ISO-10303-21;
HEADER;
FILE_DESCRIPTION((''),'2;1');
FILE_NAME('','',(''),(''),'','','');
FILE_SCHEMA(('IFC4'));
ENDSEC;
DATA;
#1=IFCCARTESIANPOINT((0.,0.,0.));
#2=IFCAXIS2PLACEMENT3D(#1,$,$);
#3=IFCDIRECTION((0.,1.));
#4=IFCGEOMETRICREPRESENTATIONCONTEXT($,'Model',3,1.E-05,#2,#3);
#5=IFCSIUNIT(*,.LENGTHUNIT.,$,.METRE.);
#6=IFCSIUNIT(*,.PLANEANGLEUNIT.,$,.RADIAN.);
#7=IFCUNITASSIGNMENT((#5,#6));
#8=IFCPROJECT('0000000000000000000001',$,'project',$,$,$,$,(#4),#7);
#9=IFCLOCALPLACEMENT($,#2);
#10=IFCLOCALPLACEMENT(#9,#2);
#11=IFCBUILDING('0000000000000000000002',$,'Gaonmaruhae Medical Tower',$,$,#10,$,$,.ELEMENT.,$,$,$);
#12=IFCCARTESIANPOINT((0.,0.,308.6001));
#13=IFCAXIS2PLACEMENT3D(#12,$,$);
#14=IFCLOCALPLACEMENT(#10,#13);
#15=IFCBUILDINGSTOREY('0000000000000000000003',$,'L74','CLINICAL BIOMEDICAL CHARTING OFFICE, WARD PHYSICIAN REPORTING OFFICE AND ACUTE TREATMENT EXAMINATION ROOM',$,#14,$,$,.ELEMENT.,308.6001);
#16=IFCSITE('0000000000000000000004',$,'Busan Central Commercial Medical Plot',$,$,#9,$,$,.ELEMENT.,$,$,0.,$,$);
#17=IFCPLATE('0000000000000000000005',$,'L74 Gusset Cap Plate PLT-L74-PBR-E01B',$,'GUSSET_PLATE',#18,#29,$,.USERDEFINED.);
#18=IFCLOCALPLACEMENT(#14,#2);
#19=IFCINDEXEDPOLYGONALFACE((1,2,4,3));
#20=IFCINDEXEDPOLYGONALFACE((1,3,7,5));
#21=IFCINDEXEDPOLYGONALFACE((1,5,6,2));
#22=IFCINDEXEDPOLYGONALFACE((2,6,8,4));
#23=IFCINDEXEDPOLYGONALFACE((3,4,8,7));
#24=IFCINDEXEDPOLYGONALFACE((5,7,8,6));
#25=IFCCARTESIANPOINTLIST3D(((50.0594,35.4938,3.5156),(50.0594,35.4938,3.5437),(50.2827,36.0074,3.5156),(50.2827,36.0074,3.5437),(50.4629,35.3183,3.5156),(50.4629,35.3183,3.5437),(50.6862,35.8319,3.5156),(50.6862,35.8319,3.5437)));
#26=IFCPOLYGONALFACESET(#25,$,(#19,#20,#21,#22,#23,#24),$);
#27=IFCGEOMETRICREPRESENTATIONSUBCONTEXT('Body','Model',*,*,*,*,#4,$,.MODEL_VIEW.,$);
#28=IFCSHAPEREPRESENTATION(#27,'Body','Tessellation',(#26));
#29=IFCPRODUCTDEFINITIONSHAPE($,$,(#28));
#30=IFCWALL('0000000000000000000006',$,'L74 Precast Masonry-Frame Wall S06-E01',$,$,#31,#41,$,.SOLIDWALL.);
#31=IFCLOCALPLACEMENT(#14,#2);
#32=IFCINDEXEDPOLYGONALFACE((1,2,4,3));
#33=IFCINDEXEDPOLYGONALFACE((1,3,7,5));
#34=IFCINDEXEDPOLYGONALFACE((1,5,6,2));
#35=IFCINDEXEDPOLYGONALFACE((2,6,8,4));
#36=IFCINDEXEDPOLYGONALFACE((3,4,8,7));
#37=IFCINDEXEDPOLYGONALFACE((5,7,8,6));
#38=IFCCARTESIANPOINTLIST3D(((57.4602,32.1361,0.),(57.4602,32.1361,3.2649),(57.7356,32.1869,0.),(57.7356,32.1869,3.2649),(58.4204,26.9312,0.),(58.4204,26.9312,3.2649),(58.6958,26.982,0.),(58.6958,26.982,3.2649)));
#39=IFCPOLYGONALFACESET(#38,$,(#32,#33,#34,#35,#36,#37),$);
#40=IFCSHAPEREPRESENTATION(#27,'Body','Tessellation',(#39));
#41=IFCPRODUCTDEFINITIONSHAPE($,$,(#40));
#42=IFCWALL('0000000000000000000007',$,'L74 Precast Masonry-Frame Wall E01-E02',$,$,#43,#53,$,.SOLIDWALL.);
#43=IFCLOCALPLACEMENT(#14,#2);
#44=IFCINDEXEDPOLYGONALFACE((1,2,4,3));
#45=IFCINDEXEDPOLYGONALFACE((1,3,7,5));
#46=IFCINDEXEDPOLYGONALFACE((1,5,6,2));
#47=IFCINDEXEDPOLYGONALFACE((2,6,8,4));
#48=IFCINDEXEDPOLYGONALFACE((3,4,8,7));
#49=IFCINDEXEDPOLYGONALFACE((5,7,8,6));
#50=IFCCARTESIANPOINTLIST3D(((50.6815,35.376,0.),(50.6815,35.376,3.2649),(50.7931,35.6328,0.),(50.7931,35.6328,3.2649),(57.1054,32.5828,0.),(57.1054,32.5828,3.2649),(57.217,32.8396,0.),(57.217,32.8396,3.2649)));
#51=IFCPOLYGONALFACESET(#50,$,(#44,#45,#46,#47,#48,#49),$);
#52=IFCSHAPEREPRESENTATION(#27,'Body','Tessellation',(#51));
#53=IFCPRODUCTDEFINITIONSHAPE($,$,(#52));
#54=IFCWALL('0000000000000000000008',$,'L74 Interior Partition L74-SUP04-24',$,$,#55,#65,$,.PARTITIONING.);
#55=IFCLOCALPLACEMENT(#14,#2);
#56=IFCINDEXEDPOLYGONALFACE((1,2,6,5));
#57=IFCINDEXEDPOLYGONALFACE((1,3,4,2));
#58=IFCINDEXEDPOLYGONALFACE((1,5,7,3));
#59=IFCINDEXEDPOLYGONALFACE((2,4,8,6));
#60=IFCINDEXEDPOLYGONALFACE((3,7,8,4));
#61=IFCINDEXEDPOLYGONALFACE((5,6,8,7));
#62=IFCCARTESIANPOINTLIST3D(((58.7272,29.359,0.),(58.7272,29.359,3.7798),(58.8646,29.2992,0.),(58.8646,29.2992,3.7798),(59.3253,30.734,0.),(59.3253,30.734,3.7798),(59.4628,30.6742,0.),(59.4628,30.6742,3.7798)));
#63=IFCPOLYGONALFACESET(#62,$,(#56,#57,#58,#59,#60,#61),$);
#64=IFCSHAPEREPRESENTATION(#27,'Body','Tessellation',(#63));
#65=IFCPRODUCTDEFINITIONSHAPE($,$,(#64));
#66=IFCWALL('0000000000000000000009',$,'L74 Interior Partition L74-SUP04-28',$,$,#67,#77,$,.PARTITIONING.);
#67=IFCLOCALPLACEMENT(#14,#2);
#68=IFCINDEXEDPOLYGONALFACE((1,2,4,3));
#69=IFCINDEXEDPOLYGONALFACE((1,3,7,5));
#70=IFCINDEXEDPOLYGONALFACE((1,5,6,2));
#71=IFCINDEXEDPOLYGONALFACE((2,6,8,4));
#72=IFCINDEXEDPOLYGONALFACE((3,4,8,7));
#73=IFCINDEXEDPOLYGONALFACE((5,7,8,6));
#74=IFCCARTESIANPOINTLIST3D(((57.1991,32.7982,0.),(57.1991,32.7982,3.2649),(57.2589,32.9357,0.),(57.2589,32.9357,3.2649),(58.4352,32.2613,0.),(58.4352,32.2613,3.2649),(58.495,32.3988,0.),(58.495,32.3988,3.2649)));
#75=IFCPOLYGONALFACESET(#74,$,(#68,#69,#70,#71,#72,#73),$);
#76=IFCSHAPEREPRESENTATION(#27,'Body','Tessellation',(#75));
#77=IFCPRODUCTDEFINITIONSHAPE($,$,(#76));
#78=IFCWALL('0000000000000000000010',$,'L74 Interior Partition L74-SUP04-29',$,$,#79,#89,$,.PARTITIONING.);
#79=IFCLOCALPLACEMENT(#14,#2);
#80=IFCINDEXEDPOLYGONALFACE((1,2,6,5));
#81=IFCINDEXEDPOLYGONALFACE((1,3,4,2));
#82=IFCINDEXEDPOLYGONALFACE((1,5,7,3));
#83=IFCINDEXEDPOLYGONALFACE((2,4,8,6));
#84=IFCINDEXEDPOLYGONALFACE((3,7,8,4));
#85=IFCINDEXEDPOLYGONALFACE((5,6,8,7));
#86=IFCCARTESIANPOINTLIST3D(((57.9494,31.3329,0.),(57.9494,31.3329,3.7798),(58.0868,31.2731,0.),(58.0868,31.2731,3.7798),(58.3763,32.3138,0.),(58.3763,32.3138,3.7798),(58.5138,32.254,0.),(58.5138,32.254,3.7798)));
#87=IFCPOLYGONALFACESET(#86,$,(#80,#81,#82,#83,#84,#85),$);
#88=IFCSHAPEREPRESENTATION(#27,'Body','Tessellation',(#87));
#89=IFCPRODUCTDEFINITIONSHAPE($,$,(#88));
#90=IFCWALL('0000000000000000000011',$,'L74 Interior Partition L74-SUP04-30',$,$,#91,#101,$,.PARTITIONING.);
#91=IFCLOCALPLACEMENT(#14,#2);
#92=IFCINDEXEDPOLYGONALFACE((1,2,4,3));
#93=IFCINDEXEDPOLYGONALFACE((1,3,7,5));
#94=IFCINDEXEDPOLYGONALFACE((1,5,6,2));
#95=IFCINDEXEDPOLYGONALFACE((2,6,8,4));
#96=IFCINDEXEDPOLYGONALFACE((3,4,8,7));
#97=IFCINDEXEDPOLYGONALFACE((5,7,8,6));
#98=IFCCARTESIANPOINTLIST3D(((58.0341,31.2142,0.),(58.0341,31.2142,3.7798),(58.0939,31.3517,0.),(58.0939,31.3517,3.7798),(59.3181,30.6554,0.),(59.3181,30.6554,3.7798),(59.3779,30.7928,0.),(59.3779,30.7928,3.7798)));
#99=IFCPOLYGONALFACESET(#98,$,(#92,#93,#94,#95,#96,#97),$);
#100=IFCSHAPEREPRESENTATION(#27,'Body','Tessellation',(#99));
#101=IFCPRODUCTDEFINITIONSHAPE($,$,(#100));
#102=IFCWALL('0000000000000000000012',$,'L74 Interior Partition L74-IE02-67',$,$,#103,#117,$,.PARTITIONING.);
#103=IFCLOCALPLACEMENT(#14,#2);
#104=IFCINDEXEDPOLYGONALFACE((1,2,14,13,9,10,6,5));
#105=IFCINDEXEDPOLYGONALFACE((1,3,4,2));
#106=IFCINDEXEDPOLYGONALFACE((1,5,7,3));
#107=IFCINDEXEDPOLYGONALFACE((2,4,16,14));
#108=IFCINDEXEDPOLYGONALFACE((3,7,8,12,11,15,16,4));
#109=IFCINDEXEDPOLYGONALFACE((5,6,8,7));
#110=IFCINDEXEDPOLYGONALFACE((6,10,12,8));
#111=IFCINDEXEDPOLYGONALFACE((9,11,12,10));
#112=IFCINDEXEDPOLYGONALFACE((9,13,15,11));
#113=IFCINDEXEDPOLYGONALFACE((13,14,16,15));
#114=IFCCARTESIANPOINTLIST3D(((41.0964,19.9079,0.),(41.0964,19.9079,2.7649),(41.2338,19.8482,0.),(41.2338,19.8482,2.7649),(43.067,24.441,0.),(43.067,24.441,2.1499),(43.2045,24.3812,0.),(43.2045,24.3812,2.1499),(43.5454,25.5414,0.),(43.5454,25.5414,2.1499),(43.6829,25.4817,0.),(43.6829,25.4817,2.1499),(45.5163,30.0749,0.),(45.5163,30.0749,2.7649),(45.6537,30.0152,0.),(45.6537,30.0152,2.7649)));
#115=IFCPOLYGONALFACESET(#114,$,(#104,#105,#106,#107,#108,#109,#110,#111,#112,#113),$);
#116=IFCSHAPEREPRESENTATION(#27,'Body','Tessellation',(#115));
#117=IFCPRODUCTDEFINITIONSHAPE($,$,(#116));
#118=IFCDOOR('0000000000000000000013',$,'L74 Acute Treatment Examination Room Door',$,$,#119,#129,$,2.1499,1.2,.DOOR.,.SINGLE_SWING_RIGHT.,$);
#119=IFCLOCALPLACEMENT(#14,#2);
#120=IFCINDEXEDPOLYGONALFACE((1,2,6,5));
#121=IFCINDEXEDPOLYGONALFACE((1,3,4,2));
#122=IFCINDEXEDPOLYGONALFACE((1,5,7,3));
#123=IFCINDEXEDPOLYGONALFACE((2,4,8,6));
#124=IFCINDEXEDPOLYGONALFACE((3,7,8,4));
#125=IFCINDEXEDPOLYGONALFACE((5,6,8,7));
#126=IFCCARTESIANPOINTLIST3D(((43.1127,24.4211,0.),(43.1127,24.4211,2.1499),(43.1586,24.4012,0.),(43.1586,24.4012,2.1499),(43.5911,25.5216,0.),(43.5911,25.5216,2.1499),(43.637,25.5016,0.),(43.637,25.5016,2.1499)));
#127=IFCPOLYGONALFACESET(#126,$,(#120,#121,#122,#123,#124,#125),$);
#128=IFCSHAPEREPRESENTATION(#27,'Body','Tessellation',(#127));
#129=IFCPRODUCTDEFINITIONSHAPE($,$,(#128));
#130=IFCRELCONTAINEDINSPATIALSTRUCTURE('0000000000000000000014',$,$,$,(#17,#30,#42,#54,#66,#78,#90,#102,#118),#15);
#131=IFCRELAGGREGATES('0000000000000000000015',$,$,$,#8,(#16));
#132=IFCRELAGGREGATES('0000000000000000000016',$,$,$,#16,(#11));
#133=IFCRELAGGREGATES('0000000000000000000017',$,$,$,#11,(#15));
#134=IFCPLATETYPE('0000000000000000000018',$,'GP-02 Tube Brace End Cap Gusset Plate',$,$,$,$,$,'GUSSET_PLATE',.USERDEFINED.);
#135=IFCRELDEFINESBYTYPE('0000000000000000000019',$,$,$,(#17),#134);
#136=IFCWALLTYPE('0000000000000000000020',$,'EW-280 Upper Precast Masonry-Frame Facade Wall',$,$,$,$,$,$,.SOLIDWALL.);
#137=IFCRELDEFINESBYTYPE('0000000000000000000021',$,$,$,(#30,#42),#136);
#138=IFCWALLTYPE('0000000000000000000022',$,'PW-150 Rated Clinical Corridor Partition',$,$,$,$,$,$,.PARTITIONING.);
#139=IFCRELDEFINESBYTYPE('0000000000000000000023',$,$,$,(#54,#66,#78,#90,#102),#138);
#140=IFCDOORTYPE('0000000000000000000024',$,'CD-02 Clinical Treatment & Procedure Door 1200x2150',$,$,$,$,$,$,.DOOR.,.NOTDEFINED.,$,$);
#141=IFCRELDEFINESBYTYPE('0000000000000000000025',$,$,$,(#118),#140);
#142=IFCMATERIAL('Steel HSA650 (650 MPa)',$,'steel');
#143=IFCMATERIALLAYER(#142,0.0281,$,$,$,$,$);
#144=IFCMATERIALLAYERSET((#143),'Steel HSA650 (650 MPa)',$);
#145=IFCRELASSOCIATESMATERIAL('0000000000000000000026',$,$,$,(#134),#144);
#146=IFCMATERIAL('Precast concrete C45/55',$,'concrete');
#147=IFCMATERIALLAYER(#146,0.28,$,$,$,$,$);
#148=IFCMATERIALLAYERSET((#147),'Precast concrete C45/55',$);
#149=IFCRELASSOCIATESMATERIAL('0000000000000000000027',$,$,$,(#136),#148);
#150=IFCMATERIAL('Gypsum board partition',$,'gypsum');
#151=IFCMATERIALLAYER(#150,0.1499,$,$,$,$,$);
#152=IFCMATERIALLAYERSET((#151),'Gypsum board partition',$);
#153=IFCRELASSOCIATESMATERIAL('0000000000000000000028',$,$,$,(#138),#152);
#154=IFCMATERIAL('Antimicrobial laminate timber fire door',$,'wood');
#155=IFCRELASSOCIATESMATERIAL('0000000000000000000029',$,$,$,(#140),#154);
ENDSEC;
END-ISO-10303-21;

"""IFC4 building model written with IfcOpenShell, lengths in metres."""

from ifc_helpers import new_model, si_unit, direction, frame, frame_2d, origin, origin_2d, place, context, subcontext, project, spatial, rectangle, extrude, material, layer, layer_set, type_object, element, fill, save


model = new_model("IFC4")

# Units and contexts
model_context = context("Model", 3, precision=1e-05, world=origin(), true_north=direction((0.0, 1.0)))
body_context = subcontext(model_context, "Body", "Model", "MODEL_VIEW")
ifc_project = project(units=[si_unit("LENGTHUNIT", "METRE"), si_unit("PLANEANGLEUNIT", "RADIAN")], contexts=[model_context])

# Site, building, storey
site_placement = place(None, origin())
site = spatial("IfcSite", under=ifc_project, at=site_placement, Name="Busan Central Commercial Medical Plot", CompositionType="ELEMENT", RefElevation=0.0)
building_placement = place(site_placement, origin())
building = spatial("IfcBuilding", under=site, at=building_placement, Name="Gaonmaruhae Medical Tower", CompositionType="ELEMENT")
storey_placement = place(building_placement, frame((0.0, 0.0, 308.6001)))
storey = spatial("IfcBuildingStorey", under=building, at=storey_placement, Name="L74", Description="CLINICAL BIOMEDICAL CHARTING OFFICE, WARD PHYSICIAN REPORTING OFFICE AND ACUTE TREATMENT EXAMINATION ROOM", CompositionType="ELEMENT", Elevation=308.6001)

# Plate
ifc_material_1 = material(Name="Steel HSA650 (650 MPa)", Category="steel")
ifc_layer_1 = layer(ifc_material_1, 0.0281)
ifc_layer_set_1 = layer_set([ifc_layer_1], Name="Steel HSA650 (650 MPa)")
plate_type = type_object("IfcPlateType", Name="GP-02 Tube Brace End Cap Gusset Plate", ElementType="GUSSET_PLATE", PredefinedType="USERDEFINED", material=ifc_layer_set_1)
for number, where, z_axis, x_axis, name in (
    (1, (50.3728, 35.6628, 3.5156), (0.0, 0.0, 1.0), (0.398749, 0.91706, 0.0), "L74 Gusset Cap Plate PLT-L74-PBR-E01B"),
):
    element("IfcPlate", number, at=place(storey_placement, frame(where, z_axis=z_axis, x_axis=x_axis)), inside=storey, type_object=plate_type, Name=name, ObjectType="GUSSET_PLATE", PredefinedType="USERDEFINED", context=body_context, shape_type="SweptSolid", body=[
        extrude(rectangle(XDim=0.5601, YDim=0.4399, at=origin_2d()), origin(), (0.0, 0.0, 1.0), 0.0281),
    ])

# Walls
ifc_material_2 = material(Name="Precast concrete C45/55", Category="concrete")
ifc_layer_2 = layer(ifc_material_2, 0.28)
ifc_layer_set_2 = layer_set([ifc_layer_2], Name="Precast concrete C45/55")
wall_type_1 = type_object("IfcWallType", Name="EW-280 Upper Precast Masonry-Frame Facade Wall", PredefinedType="SOLIDWALL", material=ifc_layer_set_2)
wall_1_placement = place(storey_placement, frame((57.5979, 32.1616, 0.0), z_axis=(0.0, 0.0, 1.0), x_axis=(0.181422, -0.983405, 0.0)))
element("IfcWall", 2, at=wall_1_placement, inside=storey, type_object=wall_type_1, Name="L74 Precast Masonry-Frame Wall S06-E01", PredefinedType="SOLIDWALL", context=body_context, shape_type="SweptSolid", body=[
    extrude(rectangle(XDim=5.2927, YDim=0.28, at=frame_2d((2.6465, 0.0))), origin(), (0.0, 0.0, 1.0), 3.2649),
])
wall_2_placement = place(storey_placement, frame((50.7373, 35.5044, 0.0), z_axis=(0.0, 0.0, 1.0), x_axis=(0.917057, -0.398755, 0.0)))
element("IfcWall", 3, at=wall_2_placement, inside=storey, type_object=wall_type_1, Name="L74 Precast Masonry-Frame Wall E01-E02", PredefinedType="SOLIDWALL", context=body_context, shape_type="SweptSolid", body=[
    extrude(rectangle(XDim=7.0049, YDim=0.28, at=frame_2d((3.5024, 0.0))), origin(), (0.0, 0.0, 1.0), 3.2649),
])
ifc_material_3 = material(Name="Gypsum board partition", Category="gypsum")
ifc_layer_3 = layer(ifc_material_3, 0.1499)
ifc_layer_set_3 = layer_set([ifc_layer_3], Name="Gypsum board partition")
wall_type_2 = type_object("IfcWallType", Name="PW-150 Rated Clinical Corridor Partition", PredefinedType="PARTITIONING", material=ifc_layer_set_3)
wall_3_placement = place(storey_placement, frame((59.394, 30.7041, 0.0), z_axis=(0.0, 0.0, 1.0), x_axis=(-0.398905, -0.916992, 0.0)))
element("IfcWall", 4, at=wall_3_placement, inside=storey, type_object=wall_type_2, Name="L74 Interior Partition L74-SUP04-24", PredefinedType="PARTITIONING", context=body_context, shape_type="SweptSolid", body=[
    extrude(rectangle(XDim=1.4995, YDim=0.1499, at=frame_2d((0.7498, 0.0))), origin(), (0.0, 0.0, 1.0), 3.7798),
])

# Shared definitions
ifc_material_4 = material(Name="Antimicrobial laminate timber fire door", Category="wood")
door_type = type_object("IfcDoorType", Name="CD-02 Clinical Treatment & Procedure Door 1200x2150", OperationType="NOTDEFINED", PredefinedType="DOOR", material=ifc_material_4)

# Walls
wall_4_placement = place(storey_placement, frame((57.229, 32.8669, 0.0), z_axis=(0.0, 0.0, 1.0), x_axis=(0.917223, -0.398375, 0.0)))
element("IfcWall", 5, at=wall_4_placement, inside=storey, type_object=wall_type_2, Name="L74 Interior Partition L74-SUP04-28", PredefinedType="PARTITIONING", context=body_context, shape_type="SweptSolid", body=[
    extrude(rectangle(XDim=1.3477, YDim=0.1499, at=frame_2d((0.6738, 0.0))), origin(), (0.0, 0.0, 1.0), 3.2649),
])
wall_5_placement = place(storey_placement, frame((58.4451, 32.2839, 0.0), z_axis=(0.0, 0.0, 1.0), x_axis=(-0.399118, -0.916899, 0.0)))
element("IfcWall", 6, at=wall_5_placement, inside=storey, type_object=wall_type_2, Name="L74 Interior Partition L74-SUP04-29", PredefinedType="PARTITIONING", context=body_context, shape_type="SweptSolid", body=[
    extrude(rectangle(XDim=1.0698, YDim=0.1499, at=frame_2d((0.5349, 0.0))), origin(), (0.0, 0.0, 1.0), 3.7798),
])
wall_6_placement = place(storey_placement, frame((58.064, 31.283, 0.0), z_axis=(0.0, 0.0, 1.0), x_axis=(0.916912, -0.399089, 0.0)))
element("IfcWall", 7, at=wall_6_placement, inside=storey, type_object=wall_type_2, Name="L74 Interior Partition L74-SUP04-30", PredefinedType="PARTITIONING", context=body_context, shape_type="SweptSolid", body=[
    extrude(rectangle(XDim=1.4004, YDim=0.1499, at=frame_2d((0.7002, 0.0))), origin(), (0.0, 0.0, 1.0), 3.7798),
])

# Wall, opening, door
wall_7_placement = place(storey_placement, frame((45.585, 30.0449, 0.0), z_axis=(0.0, 0.0, 1.0), x_axis=(-0.398687, -0.917087, 0.0)))
wall_7 = element("IfcWall", 8, at=wall_7_placement, inside=storey, type_object=wall_type_2, Name="L74 Interior Partition L74-IE02-67", PredefinedType="PARTITIONING", context=body_context, shape_type="SweptSolid", body=[
    extrude(rectangle(XDim=11.0862, YDim=0.1499, at=frame_2d((5.543, 0.0))), origin(), (0.0, 0.0, 1.0), 2.7649),
])
opening_1_placement = place(wall_7_placement, frame((4.9431, 0.0, 0.0)))
opening_1 = element("IfcOpeningElement", 9, at=opening_1_placement, cuts=wall_7, PredefinedType="OPENING", context=body_context, shape_type="SweptSolid", body=[
    extrude(rectangle(XDim=1.2, YDim=2.1499, at=frame_2d((0.6001, 1.075))), frame((0.0, 0.085, 0.0), z_axis=(0.0, -1.0, 0.0), x_axis=(1.0, 0.0, 0.0)), (0.0, 0.0, 1.0), 0.1699),
])
door_1_placement = place(opening_1_placement, origin())
door_1 = element("IfcDoor", 10, at=door_1_placement, inside=storey, type_object=door_type, Name="L74 Acute Treatment Examination Room Door", OperationType="SINGLE_SWING_RIGHT", OverallHeight=2.1499, OverallWidth=1.2, PredefinedType="DOOR", context=body_context, shape_type="SweptSolid", body=[
    extrude(rectangle(XDim=1.2, YDim=2.1499, at=frame_2d((0.6001, 1.075))), frame((0.0, 0.0249, 0.0), z_axis=(0.0, -1.0, 0.0), x_axis=(1.0, 0.0, 0.0)), (0.0, 0.0, 1.0), 0.05),
])
fill(opening_1, door_1)

save(model, "model.ifc")
